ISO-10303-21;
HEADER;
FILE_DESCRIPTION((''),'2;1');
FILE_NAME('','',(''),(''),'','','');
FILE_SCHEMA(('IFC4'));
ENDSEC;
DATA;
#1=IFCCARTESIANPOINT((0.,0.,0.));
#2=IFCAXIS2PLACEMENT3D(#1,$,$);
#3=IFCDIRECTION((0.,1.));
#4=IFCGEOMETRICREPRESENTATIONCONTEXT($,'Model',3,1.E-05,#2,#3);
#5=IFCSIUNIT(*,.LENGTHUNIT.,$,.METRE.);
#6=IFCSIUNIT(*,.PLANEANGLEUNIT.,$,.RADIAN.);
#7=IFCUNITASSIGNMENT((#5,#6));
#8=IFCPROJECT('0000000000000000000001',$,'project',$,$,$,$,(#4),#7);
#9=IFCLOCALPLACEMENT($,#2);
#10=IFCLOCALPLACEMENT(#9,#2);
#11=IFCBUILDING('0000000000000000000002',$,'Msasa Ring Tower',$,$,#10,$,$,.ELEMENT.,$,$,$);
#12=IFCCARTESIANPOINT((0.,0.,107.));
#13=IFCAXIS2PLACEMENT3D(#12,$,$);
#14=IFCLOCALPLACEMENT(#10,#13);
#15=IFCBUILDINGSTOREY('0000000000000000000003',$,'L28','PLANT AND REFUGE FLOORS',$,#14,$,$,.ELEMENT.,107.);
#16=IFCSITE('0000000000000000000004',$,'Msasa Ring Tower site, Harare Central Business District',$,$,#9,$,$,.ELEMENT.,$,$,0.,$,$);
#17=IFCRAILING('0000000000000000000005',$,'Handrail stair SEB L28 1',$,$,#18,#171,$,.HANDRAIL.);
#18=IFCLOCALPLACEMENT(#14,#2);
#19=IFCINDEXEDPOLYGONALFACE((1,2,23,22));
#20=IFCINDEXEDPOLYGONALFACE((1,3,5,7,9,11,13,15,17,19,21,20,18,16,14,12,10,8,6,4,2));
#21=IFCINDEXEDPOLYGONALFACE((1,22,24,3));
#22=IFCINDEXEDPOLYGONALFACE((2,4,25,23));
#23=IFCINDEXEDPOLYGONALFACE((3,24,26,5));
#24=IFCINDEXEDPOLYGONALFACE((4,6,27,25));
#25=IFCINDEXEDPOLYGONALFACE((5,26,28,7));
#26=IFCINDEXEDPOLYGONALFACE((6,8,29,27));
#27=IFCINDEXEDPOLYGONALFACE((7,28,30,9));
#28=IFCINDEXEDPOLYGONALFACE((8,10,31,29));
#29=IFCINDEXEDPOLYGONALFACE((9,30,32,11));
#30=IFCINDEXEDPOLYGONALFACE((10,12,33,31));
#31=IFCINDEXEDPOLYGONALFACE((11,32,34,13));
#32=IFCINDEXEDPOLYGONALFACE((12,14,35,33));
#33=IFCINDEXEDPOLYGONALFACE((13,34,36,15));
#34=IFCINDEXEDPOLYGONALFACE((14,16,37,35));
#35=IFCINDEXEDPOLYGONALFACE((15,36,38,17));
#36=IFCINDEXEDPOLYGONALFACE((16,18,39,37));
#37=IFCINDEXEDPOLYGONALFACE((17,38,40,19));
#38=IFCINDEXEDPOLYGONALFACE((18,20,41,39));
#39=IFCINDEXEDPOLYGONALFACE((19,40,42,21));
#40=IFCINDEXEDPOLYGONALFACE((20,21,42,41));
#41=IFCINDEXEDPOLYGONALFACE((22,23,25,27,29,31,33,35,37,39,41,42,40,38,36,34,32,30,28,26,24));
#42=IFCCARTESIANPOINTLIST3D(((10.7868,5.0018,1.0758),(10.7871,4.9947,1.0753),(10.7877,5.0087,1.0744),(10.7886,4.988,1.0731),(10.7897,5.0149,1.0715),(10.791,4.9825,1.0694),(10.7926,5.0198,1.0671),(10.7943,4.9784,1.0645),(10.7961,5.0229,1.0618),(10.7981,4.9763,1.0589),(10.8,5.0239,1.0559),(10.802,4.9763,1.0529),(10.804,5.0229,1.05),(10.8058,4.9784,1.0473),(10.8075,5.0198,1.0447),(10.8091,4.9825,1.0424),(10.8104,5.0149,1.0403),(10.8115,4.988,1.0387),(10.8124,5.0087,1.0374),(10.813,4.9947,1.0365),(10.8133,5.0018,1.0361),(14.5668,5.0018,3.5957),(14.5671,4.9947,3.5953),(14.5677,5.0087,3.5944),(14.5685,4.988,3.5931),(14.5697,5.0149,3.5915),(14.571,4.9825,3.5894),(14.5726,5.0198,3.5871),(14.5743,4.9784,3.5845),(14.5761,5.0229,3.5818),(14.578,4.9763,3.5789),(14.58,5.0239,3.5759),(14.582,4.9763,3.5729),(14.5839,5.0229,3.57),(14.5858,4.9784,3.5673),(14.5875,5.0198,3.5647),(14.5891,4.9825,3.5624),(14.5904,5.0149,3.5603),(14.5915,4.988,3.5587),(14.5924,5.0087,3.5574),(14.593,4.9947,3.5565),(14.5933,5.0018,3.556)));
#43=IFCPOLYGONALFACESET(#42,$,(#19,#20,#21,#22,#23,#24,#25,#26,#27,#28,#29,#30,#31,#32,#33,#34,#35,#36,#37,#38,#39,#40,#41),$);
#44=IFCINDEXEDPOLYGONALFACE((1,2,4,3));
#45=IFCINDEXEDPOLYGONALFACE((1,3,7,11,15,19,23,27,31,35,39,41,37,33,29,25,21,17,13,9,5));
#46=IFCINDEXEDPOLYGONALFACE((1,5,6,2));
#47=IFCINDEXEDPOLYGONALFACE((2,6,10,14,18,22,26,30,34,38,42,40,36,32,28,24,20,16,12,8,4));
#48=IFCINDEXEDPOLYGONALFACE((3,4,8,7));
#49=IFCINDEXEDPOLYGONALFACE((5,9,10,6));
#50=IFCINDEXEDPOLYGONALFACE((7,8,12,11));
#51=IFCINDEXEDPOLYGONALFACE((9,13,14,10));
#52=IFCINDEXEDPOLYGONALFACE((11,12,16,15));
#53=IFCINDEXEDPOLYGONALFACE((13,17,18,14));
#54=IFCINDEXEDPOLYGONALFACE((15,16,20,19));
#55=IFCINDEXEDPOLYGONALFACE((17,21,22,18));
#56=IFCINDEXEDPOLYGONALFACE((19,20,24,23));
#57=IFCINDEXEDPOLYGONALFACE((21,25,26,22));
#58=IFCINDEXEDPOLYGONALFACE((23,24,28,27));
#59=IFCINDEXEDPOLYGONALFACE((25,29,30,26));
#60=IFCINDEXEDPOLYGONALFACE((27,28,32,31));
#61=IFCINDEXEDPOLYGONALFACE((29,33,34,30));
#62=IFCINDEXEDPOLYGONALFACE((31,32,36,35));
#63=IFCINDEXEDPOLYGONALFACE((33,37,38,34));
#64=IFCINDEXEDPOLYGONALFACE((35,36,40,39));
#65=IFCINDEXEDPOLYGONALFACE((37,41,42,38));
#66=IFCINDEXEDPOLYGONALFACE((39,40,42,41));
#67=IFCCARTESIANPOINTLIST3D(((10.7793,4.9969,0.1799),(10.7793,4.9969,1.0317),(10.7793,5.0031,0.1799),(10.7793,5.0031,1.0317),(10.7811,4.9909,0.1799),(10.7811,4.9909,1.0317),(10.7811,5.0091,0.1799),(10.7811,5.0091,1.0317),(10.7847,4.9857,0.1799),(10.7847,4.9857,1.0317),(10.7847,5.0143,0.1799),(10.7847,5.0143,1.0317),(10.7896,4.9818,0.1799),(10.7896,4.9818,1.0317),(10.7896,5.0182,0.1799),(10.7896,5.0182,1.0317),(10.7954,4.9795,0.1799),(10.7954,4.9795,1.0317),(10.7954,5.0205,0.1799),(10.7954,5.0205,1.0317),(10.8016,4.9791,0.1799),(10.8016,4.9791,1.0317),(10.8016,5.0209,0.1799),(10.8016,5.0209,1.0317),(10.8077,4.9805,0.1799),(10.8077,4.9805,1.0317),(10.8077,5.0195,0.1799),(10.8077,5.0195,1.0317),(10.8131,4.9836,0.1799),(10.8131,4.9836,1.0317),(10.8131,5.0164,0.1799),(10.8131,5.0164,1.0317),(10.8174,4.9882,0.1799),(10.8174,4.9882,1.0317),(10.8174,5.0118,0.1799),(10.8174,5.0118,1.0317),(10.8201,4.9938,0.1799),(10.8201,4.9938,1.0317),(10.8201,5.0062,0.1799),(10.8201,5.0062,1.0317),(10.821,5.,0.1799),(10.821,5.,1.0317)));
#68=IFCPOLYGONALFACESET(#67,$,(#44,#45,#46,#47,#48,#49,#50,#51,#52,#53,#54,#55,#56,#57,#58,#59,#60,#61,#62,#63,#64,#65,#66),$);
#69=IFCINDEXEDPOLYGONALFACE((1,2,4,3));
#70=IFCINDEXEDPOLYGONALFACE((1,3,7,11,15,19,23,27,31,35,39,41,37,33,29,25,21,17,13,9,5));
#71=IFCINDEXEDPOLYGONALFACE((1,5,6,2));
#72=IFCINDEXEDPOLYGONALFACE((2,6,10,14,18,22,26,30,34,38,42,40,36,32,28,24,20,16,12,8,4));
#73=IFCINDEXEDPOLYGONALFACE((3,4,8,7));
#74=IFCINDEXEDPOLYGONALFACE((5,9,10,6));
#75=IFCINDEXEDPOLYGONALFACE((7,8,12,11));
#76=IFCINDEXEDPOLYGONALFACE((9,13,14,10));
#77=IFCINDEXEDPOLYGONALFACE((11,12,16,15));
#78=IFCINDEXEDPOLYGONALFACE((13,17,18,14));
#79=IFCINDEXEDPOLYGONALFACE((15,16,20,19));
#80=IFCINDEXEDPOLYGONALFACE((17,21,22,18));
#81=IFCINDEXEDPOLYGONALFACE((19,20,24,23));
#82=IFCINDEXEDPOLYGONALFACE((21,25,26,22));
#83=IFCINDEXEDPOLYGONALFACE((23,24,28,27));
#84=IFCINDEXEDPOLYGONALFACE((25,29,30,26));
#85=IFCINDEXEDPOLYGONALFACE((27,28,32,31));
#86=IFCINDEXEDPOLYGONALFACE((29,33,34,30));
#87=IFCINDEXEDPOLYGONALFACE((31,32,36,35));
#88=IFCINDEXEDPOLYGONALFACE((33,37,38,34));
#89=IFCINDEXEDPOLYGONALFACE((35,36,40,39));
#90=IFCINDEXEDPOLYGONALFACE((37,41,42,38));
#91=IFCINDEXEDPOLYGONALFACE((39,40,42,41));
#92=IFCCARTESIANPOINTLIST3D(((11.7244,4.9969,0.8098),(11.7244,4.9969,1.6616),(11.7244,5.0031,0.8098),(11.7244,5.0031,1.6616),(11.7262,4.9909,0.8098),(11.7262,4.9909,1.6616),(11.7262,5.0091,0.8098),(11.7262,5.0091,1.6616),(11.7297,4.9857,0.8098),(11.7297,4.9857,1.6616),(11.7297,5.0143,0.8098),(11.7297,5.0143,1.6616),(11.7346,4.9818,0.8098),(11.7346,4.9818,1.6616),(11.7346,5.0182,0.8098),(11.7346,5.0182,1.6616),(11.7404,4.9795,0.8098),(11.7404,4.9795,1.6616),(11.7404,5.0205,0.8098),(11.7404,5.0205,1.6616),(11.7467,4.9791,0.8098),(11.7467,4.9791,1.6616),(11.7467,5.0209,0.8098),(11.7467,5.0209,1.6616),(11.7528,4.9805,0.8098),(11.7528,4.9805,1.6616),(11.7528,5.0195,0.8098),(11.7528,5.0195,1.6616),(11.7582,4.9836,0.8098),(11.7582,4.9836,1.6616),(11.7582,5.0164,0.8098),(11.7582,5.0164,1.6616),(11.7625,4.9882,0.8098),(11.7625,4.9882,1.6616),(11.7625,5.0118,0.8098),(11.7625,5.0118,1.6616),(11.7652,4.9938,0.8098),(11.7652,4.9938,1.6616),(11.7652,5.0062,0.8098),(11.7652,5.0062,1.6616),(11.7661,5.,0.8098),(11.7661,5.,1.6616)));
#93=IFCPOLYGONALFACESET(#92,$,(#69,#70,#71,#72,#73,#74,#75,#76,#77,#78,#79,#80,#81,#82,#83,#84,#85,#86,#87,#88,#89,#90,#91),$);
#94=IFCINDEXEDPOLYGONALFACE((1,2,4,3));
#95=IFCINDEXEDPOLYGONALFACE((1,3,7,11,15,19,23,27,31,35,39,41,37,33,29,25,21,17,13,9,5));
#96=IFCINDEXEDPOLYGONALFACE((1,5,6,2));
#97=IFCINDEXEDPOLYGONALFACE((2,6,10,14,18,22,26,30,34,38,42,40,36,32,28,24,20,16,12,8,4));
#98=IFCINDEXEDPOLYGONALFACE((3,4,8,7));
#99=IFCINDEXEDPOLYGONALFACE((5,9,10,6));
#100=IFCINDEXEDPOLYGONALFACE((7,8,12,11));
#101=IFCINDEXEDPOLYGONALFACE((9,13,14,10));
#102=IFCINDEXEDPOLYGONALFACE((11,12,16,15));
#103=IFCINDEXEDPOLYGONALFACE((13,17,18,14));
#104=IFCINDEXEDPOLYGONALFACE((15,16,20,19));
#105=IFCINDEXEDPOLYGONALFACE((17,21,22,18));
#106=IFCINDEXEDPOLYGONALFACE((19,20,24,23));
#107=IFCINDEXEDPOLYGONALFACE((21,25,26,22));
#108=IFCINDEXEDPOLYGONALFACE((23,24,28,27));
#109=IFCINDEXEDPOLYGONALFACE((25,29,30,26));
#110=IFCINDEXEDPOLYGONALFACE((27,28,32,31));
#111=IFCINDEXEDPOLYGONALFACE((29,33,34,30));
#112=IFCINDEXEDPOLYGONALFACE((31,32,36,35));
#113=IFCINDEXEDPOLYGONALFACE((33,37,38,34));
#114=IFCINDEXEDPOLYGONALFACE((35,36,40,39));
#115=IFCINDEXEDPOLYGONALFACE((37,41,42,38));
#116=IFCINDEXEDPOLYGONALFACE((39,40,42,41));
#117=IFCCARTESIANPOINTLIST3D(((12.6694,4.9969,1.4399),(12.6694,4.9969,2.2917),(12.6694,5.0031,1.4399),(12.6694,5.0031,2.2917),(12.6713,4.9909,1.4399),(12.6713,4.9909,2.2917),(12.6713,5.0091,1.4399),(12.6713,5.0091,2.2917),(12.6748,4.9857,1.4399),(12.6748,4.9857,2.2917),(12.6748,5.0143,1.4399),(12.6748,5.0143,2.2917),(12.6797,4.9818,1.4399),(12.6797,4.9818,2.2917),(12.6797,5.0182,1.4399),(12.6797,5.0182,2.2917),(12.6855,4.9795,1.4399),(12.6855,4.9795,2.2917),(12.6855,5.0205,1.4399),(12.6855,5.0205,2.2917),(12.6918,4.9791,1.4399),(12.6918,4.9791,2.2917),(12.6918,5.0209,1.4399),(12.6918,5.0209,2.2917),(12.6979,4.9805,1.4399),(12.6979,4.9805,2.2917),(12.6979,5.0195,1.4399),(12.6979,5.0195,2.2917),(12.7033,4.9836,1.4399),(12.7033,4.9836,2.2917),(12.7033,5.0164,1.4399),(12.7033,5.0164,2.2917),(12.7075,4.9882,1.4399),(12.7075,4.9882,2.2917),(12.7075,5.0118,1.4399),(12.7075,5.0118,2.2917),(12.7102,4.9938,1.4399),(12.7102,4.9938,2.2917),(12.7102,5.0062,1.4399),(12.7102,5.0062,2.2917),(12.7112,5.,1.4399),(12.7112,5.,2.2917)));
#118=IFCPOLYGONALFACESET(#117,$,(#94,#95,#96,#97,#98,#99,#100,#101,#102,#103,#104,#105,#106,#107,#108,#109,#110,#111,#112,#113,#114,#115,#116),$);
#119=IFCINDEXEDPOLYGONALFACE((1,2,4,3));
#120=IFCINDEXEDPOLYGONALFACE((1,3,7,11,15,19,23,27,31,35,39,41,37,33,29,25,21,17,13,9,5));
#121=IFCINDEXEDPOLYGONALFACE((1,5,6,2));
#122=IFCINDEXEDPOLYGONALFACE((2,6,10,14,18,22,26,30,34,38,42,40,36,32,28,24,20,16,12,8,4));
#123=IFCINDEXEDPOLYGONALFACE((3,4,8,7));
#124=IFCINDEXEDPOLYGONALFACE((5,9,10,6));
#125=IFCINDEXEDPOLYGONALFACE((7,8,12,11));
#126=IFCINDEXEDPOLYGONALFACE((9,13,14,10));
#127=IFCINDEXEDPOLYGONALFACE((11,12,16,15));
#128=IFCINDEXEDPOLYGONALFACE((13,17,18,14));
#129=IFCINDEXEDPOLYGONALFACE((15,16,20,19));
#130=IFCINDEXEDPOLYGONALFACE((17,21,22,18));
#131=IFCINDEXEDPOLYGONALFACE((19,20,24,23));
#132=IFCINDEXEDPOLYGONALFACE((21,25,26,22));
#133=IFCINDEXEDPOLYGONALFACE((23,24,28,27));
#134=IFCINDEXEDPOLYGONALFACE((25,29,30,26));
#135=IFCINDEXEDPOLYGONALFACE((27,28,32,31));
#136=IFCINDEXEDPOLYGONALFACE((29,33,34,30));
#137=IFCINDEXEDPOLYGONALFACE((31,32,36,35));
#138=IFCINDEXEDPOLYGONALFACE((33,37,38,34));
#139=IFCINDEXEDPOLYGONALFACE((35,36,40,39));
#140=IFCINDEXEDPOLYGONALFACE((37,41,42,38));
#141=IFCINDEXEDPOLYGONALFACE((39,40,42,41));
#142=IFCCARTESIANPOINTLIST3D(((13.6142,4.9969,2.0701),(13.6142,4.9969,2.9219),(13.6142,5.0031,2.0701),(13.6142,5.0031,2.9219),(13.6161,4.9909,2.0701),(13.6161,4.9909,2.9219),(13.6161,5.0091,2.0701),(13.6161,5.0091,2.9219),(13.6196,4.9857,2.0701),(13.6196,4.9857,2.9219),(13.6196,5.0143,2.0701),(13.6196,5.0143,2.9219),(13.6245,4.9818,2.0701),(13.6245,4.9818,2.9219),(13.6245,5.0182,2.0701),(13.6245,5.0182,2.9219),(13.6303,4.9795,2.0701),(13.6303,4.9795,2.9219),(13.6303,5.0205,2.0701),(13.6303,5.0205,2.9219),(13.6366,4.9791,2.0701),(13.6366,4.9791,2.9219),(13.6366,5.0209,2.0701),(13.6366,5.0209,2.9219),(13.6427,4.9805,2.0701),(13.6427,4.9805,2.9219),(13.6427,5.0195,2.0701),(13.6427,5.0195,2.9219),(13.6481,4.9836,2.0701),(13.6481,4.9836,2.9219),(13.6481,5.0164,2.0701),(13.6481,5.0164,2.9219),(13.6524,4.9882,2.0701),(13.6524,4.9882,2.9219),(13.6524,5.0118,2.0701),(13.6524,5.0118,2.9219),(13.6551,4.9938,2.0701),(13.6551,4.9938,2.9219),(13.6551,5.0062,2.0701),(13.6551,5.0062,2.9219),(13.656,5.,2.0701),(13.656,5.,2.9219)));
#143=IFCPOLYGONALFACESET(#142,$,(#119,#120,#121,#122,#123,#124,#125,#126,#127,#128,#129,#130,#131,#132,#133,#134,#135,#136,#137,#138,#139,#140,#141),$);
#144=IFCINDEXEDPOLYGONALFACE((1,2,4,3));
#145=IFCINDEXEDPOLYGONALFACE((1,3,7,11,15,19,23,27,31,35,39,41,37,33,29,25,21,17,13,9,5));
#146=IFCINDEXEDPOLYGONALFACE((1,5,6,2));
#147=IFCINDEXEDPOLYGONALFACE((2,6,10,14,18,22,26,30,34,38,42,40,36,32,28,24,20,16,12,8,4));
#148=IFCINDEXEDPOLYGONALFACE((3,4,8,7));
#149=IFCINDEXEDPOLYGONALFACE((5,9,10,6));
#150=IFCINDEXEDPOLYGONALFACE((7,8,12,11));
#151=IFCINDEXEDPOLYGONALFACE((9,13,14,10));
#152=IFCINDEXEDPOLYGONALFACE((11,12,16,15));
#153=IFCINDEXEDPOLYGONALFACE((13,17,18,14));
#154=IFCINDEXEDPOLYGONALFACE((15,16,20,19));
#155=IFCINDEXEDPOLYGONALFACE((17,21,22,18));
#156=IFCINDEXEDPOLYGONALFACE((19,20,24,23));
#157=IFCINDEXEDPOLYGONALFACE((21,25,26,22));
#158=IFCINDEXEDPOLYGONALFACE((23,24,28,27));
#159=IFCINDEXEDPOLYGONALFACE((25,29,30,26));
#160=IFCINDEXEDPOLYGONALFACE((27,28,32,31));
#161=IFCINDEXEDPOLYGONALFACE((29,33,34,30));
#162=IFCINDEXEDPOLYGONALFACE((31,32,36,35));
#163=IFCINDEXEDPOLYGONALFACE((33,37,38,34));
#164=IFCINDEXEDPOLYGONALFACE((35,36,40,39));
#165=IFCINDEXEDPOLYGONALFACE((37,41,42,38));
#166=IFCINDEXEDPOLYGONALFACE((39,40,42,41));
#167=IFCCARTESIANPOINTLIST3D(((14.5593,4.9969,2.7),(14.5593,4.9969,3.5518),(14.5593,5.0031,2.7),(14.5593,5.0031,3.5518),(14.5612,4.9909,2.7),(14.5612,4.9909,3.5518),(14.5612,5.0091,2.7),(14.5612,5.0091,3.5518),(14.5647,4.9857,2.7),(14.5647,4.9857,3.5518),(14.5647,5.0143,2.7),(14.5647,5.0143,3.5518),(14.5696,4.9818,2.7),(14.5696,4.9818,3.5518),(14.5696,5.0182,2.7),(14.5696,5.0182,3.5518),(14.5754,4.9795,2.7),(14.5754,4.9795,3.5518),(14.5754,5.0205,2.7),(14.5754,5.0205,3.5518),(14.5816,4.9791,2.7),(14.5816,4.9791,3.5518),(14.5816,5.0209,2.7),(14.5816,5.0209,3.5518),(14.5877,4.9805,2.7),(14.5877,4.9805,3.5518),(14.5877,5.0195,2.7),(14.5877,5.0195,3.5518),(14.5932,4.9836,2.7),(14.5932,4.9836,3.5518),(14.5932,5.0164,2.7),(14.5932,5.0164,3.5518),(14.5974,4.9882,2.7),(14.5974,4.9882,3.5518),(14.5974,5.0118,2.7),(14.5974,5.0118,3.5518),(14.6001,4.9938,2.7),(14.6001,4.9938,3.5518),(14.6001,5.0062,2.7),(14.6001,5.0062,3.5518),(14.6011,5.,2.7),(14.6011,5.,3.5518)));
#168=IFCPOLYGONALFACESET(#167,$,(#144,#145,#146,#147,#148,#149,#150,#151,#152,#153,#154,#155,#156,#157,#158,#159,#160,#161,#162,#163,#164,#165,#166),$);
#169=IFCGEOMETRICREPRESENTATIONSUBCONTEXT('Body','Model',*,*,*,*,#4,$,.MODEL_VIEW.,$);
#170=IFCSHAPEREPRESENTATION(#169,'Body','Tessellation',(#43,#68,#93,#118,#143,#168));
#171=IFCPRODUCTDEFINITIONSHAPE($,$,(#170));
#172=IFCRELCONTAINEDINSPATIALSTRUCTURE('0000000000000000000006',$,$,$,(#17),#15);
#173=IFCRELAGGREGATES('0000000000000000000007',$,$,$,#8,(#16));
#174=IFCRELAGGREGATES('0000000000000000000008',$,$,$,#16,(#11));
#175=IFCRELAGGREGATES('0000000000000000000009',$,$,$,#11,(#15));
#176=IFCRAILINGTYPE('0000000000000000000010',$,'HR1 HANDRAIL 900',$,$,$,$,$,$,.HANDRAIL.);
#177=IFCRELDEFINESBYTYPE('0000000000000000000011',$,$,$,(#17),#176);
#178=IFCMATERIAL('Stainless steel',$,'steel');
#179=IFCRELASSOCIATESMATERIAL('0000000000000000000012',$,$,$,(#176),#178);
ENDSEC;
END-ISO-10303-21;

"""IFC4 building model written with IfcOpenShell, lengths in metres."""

from ifc_helpers import new_model, si_unit, direction, frame, origin, origin_2d, place, context, subcontext, project, spatial, circle, extrude, material, type_object, element, save


model = new_model("IFC4")

# Units and contexts
model_context = context("Model", 3, precision=1e-05, world=origin(), true_north=direction((0.0, 1.0)))
body_context = subcontext(model_context, "Body", "Model", "MODEL_VIEW")
ifc_project = project(units=[si_unit("LENGTHUNIT", "METRE"), si_unit("PLANEANGLEUNIT", "RADIAN")], contexts=[model_context])

# Site, building, storey
site_placement = place(None, origin())
site = spatial("IfcSite", under=ifc_project, at=site_placement, Name="Msasa Ring Tower site, Harare Central Business District", CompositionType="ELEMENT", RefElevation=0.0)
building_placement = place(site_placement, origin())
building = spatial("IfcBuilding", under=site, at=building_placement, Name="Msasa Ring Tower", CompositionType="ELEMENT")
storey_placement = place(building_placement, frame((0.0, 0.0, 107.0)))
storey = spatial("IfcBuildingStorey", under=building, at=storey_placement, Name="L28", Description="PLANT AND REFUGE FLOORS", CompositionType="ELEMENT", Elevation=107.0)

# Railing
ifc_material_1 = material(Name="Stainless steel", Category="steel")
railing_type = type_object("IfcRailingType", Name="HR1 HANDRAIL 900", PredefinedType="HANDRAIL", material=ifc_material_1)
for number, where, name in (
    (1, (10.8, 5.0, 0.1799), "Handrail stair SEB L28 1"),
):
    element("IfcRailing", number, at=place(storey_placement, frame(where)), inside=storey, type_object=railing_type, Name=name, PredefinedType="HANDRAIL", context=body_context, shape_type="SweptSolid", body=[
        extrude(circle(Radius=0.0239, at=origin_2d()), frame((0.0, 0.0, 0.876), z_axis=(0.83205, 0.0, 0.5547), x_axis=(0.0, 1.0, 0.0)), (0.0, 0.0, 1.0), 4.543),
        extrude(circle(Radius=0.021, at=origin_2d()), origin(), (0.0, 0.0, 1.0), 0.8518),
        extrude(circle(Radius=0.021, at=origin_2d()), frame((0.9451, 0.0, 0.6299)), (0.0, 0.0, 1.0), 0.8518),
        extrude(circle(Radius=0.021, at=origin_2d()), frame((1.8901, 0.0, 1.26)), (0.0, 0.0, 1.0), 0.8518),
        extrude(circle(Radius=0.021, at=origin_2d()), frame((2.835, 0.0, 1.8901)), (0.0, 0.0, 1.0), 0.8518),
        extrude(circle(Radius=0.021, at=origin_2d()), frame((3.78, 0.0, 2.52)), (0.0, 0.0, 1.0), 0.8518),
    ])

save(model, "model.ifc")
